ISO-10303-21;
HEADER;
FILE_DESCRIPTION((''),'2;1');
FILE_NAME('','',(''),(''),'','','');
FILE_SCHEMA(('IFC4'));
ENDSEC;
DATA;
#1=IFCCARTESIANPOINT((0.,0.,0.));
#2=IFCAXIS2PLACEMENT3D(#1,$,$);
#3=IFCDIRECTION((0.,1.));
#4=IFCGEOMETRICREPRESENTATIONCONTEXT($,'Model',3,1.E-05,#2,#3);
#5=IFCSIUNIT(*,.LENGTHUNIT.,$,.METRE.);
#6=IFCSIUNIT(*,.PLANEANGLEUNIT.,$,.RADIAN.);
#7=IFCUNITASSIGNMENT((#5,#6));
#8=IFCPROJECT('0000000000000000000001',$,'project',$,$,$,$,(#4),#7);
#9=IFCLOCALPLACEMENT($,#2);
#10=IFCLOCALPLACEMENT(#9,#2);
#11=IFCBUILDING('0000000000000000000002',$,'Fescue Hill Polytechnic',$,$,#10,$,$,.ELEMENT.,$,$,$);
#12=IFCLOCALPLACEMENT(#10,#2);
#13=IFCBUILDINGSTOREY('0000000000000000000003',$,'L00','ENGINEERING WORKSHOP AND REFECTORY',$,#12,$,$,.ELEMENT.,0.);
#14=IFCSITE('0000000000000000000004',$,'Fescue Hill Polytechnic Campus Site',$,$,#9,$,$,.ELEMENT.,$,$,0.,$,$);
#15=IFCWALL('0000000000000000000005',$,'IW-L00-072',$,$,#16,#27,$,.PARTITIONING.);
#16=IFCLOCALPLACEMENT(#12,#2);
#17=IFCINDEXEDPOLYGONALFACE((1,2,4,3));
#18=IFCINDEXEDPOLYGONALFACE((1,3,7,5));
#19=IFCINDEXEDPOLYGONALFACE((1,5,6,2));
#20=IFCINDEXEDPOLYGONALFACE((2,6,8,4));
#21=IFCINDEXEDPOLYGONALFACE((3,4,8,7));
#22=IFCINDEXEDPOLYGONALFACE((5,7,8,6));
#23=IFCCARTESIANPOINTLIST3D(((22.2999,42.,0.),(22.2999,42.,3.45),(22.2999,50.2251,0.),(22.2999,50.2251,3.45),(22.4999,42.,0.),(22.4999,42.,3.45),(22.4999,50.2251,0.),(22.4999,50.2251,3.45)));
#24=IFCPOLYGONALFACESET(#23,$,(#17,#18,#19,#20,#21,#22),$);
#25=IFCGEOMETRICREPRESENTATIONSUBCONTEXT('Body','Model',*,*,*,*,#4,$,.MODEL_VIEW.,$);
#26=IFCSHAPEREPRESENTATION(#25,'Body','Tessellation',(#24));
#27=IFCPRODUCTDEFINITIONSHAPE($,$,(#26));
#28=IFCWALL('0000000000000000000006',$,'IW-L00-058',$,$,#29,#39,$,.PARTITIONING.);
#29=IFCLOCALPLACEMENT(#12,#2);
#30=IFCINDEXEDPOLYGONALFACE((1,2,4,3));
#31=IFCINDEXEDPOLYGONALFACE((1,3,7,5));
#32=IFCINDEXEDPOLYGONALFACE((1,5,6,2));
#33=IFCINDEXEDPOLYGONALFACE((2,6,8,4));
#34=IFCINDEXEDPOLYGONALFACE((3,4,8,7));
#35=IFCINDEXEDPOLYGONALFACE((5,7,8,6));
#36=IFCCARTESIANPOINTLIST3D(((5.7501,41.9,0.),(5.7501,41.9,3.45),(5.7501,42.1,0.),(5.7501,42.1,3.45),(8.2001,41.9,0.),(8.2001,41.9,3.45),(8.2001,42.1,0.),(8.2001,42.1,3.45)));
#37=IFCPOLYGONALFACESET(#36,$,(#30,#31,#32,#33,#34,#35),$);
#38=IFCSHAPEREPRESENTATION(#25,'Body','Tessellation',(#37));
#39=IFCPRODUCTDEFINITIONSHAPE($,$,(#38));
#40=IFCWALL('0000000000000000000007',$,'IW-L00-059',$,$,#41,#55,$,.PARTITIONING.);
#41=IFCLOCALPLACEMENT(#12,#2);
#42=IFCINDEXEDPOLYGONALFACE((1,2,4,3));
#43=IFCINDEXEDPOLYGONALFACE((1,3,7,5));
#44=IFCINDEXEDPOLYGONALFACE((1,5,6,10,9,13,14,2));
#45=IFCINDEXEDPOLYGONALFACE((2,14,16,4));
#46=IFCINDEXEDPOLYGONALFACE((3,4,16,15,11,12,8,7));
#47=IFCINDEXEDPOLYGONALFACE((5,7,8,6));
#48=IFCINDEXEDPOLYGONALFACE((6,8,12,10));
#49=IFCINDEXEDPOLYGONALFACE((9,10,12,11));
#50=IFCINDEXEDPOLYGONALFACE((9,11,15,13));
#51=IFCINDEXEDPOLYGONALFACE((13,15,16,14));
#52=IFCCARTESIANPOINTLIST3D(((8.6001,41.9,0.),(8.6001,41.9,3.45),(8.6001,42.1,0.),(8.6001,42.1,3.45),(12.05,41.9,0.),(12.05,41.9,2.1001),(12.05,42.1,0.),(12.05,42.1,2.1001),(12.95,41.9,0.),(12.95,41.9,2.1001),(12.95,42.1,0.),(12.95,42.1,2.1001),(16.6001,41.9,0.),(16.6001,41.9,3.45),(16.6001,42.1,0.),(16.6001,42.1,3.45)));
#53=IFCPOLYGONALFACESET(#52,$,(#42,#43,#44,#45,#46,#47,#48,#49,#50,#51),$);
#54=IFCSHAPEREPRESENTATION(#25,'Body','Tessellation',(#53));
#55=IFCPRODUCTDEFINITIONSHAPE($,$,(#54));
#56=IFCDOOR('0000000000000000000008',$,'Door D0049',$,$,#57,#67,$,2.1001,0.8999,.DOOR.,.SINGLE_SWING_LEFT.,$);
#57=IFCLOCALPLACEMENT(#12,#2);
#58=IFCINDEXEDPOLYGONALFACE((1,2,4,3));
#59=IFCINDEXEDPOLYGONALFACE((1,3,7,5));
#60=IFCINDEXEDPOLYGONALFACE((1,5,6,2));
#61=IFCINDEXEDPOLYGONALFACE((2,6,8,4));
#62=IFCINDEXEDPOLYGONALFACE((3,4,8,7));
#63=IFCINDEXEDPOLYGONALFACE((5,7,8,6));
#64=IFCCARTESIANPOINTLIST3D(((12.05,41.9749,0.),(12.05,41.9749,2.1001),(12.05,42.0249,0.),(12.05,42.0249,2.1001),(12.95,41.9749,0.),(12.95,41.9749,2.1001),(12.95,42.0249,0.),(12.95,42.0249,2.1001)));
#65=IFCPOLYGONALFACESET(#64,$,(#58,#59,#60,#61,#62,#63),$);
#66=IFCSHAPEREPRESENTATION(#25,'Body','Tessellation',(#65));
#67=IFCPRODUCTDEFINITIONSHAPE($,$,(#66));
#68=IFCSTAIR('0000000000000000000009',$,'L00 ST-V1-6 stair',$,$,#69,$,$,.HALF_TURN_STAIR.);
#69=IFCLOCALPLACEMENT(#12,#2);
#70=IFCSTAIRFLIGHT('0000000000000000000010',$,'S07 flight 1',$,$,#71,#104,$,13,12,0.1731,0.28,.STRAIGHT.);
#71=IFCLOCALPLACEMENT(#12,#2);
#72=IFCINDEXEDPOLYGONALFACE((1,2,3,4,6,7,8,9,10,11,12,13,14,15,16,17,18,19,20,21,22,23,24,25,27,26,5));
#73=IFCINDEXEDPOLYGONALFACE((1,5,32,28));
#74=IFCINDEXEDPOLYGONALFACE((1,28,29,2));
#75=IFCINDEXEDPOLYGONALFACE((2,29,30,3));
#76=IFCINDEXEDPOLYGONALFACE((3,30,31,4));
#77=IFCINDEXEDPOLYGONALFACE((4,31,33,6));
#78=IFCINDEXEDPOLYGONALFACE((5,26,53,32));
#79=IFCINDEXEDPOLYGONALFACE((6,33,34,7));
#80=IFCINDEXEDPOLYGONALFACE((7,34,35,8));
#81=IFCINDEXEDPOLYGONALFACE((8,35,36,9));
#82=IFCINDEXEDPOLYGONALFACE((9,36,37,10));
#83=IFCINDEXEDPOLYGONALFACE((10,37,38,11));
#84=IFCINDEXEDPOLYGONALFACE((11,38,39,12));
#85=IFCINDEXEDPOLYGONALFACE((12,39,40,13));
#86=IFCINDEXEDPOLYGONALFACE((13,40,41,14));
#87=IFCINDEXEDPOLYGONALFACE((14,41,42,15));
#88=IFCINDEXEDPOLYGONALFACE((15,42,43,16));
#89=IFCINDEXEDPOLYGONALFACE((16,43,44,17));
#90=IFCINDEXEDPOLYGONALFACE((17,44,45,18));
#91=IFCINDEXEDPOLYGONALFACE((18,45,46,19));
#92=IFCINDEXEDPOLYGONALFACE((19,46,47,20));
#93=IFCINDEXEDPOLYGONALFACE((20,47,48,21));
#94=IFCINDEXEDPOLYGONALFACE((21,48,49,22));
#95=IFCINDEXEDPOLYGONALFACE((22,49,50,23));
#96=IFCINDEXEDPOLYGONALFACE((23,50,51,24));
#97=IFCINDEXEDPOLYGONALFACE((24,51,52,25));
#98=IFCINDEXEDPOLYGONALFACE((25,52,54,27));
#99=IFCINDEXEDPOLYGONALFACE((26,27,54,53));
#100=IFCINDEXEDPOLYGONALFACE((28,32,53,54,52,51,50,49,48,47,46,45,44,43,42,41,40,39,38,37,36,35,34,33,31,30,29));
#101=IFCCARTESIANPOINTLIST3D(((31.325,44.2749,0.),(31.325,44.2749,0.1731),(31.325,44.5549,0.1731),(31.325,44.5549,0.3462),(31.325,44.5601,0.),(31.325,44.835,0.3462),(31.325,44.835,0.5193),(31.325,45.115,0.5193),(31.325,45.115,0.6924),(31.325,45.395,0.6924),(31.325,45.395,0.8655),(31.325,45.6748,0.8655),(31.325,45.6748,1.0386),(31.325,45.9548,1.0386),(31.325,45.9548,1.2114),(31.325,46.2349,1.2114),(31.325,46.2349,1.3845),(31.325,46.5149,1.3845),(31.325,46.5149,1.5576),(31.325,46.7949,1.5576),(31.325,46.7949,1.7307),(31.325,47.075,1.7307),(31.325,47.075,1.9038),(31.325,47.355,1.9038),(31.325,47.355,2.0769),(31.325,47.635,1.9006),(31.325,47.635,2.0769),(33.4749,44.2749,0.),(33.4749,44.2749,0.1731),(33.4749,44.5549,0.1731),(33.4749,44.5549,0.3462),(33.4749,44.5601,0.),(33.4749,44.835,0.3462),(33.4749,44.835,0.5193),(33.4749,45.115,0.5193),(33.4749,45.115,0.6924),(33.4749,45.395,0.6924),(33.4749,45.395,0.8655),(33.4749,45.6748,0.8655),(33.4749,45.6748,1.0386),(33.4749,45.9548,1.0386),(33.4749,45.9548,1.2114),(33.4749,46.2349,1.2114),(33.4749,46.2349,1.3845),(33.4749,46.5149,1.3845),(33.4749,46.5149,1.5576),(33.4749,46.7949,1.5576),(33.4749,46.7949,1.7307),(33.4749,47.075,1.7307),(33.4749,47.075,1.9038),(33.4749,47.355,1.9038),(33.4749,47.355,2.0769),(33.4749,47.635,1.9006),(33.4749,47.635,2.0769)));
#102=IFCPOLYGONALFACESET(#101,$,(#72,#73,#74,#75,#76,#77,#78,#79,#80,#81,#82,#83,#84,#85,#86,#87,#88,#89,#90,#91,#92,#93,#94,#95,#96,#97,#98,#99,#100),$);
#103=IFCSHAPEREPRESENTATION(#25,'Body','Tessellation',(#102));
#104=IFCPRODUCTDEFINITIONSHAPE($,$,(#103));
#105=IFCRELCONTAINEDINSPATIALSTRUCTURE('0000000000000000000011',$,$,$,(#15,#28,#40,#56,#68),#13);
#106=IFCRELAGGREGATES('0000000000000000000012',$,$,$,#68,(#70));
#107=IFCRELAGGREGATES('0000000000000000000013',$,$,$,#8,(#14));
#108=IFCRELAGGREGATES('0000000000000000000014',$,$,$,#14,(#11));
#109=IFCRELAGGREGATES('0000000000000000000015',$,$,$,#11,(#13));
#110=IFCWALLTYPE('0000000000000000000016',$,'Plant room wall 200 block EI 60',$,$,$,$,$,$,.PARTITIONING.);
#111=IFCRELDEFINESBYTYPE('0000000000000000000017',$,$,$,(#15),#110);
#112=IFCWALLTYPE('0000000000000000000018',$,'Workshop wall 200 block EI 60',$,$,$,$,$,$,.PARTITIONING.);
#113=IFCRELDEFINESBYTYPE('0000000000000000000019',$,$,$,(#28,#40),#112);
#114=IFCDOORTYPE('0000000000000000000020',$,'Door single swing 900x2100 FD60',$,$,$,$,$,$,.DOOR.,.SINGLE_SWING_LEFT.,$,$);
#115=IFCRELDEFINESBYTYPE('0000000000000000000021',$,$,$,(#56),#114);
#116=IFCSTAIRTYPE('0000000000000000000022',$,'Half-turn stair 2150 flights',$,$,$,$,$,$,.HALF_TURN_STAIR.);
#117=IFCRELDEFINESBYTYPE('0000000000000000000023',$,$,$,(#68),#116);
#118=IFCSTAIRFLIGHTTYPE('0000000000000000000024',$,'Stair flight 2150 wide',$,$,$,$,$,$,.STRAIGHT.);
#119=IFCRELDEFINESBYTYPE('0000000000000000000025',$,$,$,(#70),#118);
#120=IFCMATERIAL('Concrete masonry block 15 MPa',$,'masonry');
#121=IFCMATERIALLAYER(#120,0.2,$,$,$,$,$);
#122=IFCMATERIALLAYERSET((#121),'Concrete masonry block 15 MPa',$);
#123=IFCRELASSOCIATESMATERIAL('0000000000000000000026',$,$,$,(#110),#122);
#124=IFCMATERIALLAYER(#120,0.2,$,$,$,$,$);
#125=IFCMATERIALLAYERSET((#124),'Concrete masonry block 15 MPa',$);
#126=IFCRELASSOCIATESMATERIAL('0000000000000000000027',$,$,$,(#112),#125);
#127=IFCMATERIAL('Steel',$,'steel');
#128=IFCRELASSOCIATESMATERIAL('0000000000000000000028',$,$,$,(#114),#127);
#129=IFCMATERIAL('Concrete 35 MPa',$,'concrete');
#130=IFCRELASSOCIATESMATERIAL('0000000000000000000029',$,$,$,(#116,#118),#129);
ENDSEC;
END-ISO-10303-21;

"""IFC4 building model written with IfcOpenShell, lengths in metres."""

from ifc_helpers import new_model, si_unit, direction, frame, frame_2d, origin, place, context, subcontext, project, spatial, polyline, rectangle, outline, extrude, material, layer, layer_set, type_object, element, fill, aggregate, save


model = new_model("IFC4")

# Units and contexts
model_context = context("Model", 3, precision=1e-05, world=origin(), true_north=direction((0.0, 1.0)))
body_context = subcontext(model_context, "Body", "Model", "MODEL_VIEW")
ifc_project = project(units=[si_unit("LENGTHUNIT", "METRE"), si_unit("PLANEANGLEUNIT", "RADIAN")], contexts=[model_context])

# Site, building, storey
site_placement = place(None, origin())
site = spatial("IfcSite", under=ifc_project, at=site_placement, Name="Fescue Hill Polytechnic Campus Site", CompositionType="ELEMENT", RefElevation=0.0)
building_placement = place(site_placement, origin())
building = spatial("IfcBuilding", under=site, at=building_placement, Name="Fescue Hill Polytechnic", CompositionType="ELEMENT")
storey_placement = place(building_placement, origin())
storey = spatial("IfcBuildingStorey", under=building, at=storey_placement, Name="L00", Description="ENGINEERING WORKSHOP AND REFECTORY", CompositionType="ELEMENT", Elevation=0.0)

# Shared definitions
ifc_material_1 = material(Name="Concrete masonry block 15 MPa", Category="masonry")
ifc_layer_1 = layer(ifc_material_1, 0.2)
ifc_layer_set_1 = layer_set([ifc_layer_1], Name="Concrete masonry block 15 MPa")
wall_type_1 = type_object("IfcWallType", Name="Plant room wall 200 block EI 60", PredefinedType="PARTITIONING", material=ifc_layer_set_1)
ifc_material_2 = material(Name="Steel", Category="steel")

# Walls
wall_1_placement = place(storey_placement, frame((22.3999, 42.0, 0.0), z_axis=(0.0, 0.0, 1.0), x_axis=(0.0, 1.0, 0.0)))
element("IfcWall", 1, at=wall_1_placement, inside=storey, type_object=wall_type_1, Name="IW-L00-072", PredefinedType="PARTITIONING", context=body_context, shape_type="SweptSolid", body=[
    extrude(rectangle(XDim=8.2251, YDim=0.2, at=frame_2d((4.1125, 0.0))), origin(), (0.0, 0.0, 1.0), 3.45),
])
ifc_layer_2 = layer(ifc_material_1, 0.2)
ifc_layer_set_2 = layer_set([ifc_layer_2], Name="Concrete masonry block 15 MPa")
wall_type_2 = type_object("IfcWallType", Name="Workshop wall 200 block EI 60", PredefinedType="PARTITIONING", material=ifc_layer_set_2)
wall_2_placement = place(storey_placement, frame((5.75, 42.0, 0.0), z_axis=(0.0, 0.0, 1.0), x_axis=(1.0, 0.0, 0.0)))
element("IfcWall", 2, at=wall_2_placement, inside=storey, type_object=wall_type_2, Name="IW-L00-058", PredefinedType="PARTITIONING", context=body_context, shape_type="SweptSolid", body=[
    extrude(rectangle(XDim=2.45, YDim=0.2, at=frame_2d((1.2251, 0.0))), origin(), (0.0, 0.0, 1.0), 3.45),
])

# Wall, opening, door
wall_3_placement = place(storey_placement, frame((8.6001, 42.0, 0.0), z_axis=(0.0, 0.0, 1.0), x_axis=(1.0, 0.0, 0.0)))
wall_3 = element("IfcWall", 3, at=wall_3_placement, inside=storey, type_object=wall_type_2, Name="IW-L00-059", PredefinedType="PARTITIONING", context=body_context, shape_type="SweptSolid", body=[
    extrude(rectangle(XDim=8.0, YDim=0.2, at=frame_2d((4.0, 0.0))), origin(), (0.0, 0.0, 1.0), 3.45),
])
opening_1_placement = place(wall_3_placement, frame((3.45, 0.0, 0.0)))
opening_1 = element("IfcOpeningElement", 4, at=opening_1_placement, cuts=wall_3, PredefinedType="OPENING", context=body_context, shape_type="SweptSolid", body=[
    extrude(rectangle(XDim=0.8999, YDim=2.1001, at=frame_2d((0.45, 1.05))), frame((0.0, 0.1099, 0.0), z_axis=(0.0, -1.0, 0.0), x_axis=(1.0, 0.0, 0.0)), (0.0, 0.0, 1.0), 0.22),
])
door_type_1 = type_object("IfcDoorType", Name="Door single swing 900x2100 FD60", OperationType="SINGLE_SWING_LEFT", PredefinedType="DOOR", material=ifc_material_2)
door_1_placement = place(opening_1_placement, origin())
door_1 = element("IfcDoor", 5, at=door_1_placement, inside=storey, type_object=door_type_1, Name="Door D0049", OperationType="SINGLE_SWING_LEFT", OverallHeight=2.1001, OverallWidth=0.8999, PredefinedType="DOOR", context=body_context, shape_type="SweptSolid", body=[
    extrude(rectangle(XDim=0.8999, YDim=2.1001, at=frame_2d((0.45, 1.05))), frame((0.0, 0.0249, 0.0), z_axis=(0.0, -1.0, 0.0), x_axis=(1.0, 0.0, 0.0)), (0.0, 0.0, 1.0), 0.05),
])
fill(opening_1, door_1)

# Stair, stair flight
ifc_material_3 = material(Name="Concrete 35 MPa", Category="concrete")
stair_type = type_object("IfcStairType", Name="Half-turn stair 2150 flights", PredefinedType="HALF_TURN_STAIR", material=ifc_material_3)
stair_placement = place(storey_placement, origin())
stair = element("IfcStair", 6, at=stair_placement, inside=storey, type_object=stair_type, Name="L00 ST-V1-6 stair", PredefinedType="HALF_TURN_STAIR")
stair_flight_type = type_object("IfcStairFlightType", Name="Stair flight 2150 wide", PredefinedType="STRAIGHT", material=ifc_material_3)
stair_flight_placement = place(storey_placement, frame((32.3999, 44.2749, 0.0), z_axis=(0.0, 0.0, 1.0), x_axis=(0.0, 1.0, 0.0)))
stair_flight = element("IfcStairFlight", 7, at=stair_flight_placement, type_object=stair_flight_type, Name="S07 flight 1", NumberOfRisers=13, NumberOfTreads=12, PredefinedType="STRAIGHT", RiserHeight=0.1731, TreadLength=0.28, context=body_context, shape_type="SweptSolid", body=[
    extrude(outline(polyline([(0.0, 0.0), (0.0, 0.1731), (0.28, 0.1731), (0.28, 0.3462), (0.5601, 0.3462), (0.5601, 0.5193), (0.8401, 0.5193), (0.8401, 0.6924), (1.1201, 0.6924), (1.1201, 0.8655), (1.3999, 0.8655), (1.3999, 1.0386), (1.6799, 1.0386), (1.6799, 1.2114), (1.96, 1.2114), (1.96, 1.3845), (2.24, 1.3845), (2.24, 1.5576), (2.52, 1.5576), (2.52, 1.7307), (2.8, 1.7307), (2.8, 1.9038), (3.0801, 1.9038), (3.0801, 2.0769), (3.3601, 2.0769), (3.3601, 2.25), (3.3601, 1.9006), (0.2852, 0.0), (0.0, 0.0)])), frame((0.0, 1.075, 0.0), z_axis=(0.0, -1.0, 0.0), x_axis=(1.0, 0.0, 0.0)), (0.0, 0.0, 1.0), 2.1499),
])
aggregate(stair, [stair_flight])

save(model, "model.ifc")
